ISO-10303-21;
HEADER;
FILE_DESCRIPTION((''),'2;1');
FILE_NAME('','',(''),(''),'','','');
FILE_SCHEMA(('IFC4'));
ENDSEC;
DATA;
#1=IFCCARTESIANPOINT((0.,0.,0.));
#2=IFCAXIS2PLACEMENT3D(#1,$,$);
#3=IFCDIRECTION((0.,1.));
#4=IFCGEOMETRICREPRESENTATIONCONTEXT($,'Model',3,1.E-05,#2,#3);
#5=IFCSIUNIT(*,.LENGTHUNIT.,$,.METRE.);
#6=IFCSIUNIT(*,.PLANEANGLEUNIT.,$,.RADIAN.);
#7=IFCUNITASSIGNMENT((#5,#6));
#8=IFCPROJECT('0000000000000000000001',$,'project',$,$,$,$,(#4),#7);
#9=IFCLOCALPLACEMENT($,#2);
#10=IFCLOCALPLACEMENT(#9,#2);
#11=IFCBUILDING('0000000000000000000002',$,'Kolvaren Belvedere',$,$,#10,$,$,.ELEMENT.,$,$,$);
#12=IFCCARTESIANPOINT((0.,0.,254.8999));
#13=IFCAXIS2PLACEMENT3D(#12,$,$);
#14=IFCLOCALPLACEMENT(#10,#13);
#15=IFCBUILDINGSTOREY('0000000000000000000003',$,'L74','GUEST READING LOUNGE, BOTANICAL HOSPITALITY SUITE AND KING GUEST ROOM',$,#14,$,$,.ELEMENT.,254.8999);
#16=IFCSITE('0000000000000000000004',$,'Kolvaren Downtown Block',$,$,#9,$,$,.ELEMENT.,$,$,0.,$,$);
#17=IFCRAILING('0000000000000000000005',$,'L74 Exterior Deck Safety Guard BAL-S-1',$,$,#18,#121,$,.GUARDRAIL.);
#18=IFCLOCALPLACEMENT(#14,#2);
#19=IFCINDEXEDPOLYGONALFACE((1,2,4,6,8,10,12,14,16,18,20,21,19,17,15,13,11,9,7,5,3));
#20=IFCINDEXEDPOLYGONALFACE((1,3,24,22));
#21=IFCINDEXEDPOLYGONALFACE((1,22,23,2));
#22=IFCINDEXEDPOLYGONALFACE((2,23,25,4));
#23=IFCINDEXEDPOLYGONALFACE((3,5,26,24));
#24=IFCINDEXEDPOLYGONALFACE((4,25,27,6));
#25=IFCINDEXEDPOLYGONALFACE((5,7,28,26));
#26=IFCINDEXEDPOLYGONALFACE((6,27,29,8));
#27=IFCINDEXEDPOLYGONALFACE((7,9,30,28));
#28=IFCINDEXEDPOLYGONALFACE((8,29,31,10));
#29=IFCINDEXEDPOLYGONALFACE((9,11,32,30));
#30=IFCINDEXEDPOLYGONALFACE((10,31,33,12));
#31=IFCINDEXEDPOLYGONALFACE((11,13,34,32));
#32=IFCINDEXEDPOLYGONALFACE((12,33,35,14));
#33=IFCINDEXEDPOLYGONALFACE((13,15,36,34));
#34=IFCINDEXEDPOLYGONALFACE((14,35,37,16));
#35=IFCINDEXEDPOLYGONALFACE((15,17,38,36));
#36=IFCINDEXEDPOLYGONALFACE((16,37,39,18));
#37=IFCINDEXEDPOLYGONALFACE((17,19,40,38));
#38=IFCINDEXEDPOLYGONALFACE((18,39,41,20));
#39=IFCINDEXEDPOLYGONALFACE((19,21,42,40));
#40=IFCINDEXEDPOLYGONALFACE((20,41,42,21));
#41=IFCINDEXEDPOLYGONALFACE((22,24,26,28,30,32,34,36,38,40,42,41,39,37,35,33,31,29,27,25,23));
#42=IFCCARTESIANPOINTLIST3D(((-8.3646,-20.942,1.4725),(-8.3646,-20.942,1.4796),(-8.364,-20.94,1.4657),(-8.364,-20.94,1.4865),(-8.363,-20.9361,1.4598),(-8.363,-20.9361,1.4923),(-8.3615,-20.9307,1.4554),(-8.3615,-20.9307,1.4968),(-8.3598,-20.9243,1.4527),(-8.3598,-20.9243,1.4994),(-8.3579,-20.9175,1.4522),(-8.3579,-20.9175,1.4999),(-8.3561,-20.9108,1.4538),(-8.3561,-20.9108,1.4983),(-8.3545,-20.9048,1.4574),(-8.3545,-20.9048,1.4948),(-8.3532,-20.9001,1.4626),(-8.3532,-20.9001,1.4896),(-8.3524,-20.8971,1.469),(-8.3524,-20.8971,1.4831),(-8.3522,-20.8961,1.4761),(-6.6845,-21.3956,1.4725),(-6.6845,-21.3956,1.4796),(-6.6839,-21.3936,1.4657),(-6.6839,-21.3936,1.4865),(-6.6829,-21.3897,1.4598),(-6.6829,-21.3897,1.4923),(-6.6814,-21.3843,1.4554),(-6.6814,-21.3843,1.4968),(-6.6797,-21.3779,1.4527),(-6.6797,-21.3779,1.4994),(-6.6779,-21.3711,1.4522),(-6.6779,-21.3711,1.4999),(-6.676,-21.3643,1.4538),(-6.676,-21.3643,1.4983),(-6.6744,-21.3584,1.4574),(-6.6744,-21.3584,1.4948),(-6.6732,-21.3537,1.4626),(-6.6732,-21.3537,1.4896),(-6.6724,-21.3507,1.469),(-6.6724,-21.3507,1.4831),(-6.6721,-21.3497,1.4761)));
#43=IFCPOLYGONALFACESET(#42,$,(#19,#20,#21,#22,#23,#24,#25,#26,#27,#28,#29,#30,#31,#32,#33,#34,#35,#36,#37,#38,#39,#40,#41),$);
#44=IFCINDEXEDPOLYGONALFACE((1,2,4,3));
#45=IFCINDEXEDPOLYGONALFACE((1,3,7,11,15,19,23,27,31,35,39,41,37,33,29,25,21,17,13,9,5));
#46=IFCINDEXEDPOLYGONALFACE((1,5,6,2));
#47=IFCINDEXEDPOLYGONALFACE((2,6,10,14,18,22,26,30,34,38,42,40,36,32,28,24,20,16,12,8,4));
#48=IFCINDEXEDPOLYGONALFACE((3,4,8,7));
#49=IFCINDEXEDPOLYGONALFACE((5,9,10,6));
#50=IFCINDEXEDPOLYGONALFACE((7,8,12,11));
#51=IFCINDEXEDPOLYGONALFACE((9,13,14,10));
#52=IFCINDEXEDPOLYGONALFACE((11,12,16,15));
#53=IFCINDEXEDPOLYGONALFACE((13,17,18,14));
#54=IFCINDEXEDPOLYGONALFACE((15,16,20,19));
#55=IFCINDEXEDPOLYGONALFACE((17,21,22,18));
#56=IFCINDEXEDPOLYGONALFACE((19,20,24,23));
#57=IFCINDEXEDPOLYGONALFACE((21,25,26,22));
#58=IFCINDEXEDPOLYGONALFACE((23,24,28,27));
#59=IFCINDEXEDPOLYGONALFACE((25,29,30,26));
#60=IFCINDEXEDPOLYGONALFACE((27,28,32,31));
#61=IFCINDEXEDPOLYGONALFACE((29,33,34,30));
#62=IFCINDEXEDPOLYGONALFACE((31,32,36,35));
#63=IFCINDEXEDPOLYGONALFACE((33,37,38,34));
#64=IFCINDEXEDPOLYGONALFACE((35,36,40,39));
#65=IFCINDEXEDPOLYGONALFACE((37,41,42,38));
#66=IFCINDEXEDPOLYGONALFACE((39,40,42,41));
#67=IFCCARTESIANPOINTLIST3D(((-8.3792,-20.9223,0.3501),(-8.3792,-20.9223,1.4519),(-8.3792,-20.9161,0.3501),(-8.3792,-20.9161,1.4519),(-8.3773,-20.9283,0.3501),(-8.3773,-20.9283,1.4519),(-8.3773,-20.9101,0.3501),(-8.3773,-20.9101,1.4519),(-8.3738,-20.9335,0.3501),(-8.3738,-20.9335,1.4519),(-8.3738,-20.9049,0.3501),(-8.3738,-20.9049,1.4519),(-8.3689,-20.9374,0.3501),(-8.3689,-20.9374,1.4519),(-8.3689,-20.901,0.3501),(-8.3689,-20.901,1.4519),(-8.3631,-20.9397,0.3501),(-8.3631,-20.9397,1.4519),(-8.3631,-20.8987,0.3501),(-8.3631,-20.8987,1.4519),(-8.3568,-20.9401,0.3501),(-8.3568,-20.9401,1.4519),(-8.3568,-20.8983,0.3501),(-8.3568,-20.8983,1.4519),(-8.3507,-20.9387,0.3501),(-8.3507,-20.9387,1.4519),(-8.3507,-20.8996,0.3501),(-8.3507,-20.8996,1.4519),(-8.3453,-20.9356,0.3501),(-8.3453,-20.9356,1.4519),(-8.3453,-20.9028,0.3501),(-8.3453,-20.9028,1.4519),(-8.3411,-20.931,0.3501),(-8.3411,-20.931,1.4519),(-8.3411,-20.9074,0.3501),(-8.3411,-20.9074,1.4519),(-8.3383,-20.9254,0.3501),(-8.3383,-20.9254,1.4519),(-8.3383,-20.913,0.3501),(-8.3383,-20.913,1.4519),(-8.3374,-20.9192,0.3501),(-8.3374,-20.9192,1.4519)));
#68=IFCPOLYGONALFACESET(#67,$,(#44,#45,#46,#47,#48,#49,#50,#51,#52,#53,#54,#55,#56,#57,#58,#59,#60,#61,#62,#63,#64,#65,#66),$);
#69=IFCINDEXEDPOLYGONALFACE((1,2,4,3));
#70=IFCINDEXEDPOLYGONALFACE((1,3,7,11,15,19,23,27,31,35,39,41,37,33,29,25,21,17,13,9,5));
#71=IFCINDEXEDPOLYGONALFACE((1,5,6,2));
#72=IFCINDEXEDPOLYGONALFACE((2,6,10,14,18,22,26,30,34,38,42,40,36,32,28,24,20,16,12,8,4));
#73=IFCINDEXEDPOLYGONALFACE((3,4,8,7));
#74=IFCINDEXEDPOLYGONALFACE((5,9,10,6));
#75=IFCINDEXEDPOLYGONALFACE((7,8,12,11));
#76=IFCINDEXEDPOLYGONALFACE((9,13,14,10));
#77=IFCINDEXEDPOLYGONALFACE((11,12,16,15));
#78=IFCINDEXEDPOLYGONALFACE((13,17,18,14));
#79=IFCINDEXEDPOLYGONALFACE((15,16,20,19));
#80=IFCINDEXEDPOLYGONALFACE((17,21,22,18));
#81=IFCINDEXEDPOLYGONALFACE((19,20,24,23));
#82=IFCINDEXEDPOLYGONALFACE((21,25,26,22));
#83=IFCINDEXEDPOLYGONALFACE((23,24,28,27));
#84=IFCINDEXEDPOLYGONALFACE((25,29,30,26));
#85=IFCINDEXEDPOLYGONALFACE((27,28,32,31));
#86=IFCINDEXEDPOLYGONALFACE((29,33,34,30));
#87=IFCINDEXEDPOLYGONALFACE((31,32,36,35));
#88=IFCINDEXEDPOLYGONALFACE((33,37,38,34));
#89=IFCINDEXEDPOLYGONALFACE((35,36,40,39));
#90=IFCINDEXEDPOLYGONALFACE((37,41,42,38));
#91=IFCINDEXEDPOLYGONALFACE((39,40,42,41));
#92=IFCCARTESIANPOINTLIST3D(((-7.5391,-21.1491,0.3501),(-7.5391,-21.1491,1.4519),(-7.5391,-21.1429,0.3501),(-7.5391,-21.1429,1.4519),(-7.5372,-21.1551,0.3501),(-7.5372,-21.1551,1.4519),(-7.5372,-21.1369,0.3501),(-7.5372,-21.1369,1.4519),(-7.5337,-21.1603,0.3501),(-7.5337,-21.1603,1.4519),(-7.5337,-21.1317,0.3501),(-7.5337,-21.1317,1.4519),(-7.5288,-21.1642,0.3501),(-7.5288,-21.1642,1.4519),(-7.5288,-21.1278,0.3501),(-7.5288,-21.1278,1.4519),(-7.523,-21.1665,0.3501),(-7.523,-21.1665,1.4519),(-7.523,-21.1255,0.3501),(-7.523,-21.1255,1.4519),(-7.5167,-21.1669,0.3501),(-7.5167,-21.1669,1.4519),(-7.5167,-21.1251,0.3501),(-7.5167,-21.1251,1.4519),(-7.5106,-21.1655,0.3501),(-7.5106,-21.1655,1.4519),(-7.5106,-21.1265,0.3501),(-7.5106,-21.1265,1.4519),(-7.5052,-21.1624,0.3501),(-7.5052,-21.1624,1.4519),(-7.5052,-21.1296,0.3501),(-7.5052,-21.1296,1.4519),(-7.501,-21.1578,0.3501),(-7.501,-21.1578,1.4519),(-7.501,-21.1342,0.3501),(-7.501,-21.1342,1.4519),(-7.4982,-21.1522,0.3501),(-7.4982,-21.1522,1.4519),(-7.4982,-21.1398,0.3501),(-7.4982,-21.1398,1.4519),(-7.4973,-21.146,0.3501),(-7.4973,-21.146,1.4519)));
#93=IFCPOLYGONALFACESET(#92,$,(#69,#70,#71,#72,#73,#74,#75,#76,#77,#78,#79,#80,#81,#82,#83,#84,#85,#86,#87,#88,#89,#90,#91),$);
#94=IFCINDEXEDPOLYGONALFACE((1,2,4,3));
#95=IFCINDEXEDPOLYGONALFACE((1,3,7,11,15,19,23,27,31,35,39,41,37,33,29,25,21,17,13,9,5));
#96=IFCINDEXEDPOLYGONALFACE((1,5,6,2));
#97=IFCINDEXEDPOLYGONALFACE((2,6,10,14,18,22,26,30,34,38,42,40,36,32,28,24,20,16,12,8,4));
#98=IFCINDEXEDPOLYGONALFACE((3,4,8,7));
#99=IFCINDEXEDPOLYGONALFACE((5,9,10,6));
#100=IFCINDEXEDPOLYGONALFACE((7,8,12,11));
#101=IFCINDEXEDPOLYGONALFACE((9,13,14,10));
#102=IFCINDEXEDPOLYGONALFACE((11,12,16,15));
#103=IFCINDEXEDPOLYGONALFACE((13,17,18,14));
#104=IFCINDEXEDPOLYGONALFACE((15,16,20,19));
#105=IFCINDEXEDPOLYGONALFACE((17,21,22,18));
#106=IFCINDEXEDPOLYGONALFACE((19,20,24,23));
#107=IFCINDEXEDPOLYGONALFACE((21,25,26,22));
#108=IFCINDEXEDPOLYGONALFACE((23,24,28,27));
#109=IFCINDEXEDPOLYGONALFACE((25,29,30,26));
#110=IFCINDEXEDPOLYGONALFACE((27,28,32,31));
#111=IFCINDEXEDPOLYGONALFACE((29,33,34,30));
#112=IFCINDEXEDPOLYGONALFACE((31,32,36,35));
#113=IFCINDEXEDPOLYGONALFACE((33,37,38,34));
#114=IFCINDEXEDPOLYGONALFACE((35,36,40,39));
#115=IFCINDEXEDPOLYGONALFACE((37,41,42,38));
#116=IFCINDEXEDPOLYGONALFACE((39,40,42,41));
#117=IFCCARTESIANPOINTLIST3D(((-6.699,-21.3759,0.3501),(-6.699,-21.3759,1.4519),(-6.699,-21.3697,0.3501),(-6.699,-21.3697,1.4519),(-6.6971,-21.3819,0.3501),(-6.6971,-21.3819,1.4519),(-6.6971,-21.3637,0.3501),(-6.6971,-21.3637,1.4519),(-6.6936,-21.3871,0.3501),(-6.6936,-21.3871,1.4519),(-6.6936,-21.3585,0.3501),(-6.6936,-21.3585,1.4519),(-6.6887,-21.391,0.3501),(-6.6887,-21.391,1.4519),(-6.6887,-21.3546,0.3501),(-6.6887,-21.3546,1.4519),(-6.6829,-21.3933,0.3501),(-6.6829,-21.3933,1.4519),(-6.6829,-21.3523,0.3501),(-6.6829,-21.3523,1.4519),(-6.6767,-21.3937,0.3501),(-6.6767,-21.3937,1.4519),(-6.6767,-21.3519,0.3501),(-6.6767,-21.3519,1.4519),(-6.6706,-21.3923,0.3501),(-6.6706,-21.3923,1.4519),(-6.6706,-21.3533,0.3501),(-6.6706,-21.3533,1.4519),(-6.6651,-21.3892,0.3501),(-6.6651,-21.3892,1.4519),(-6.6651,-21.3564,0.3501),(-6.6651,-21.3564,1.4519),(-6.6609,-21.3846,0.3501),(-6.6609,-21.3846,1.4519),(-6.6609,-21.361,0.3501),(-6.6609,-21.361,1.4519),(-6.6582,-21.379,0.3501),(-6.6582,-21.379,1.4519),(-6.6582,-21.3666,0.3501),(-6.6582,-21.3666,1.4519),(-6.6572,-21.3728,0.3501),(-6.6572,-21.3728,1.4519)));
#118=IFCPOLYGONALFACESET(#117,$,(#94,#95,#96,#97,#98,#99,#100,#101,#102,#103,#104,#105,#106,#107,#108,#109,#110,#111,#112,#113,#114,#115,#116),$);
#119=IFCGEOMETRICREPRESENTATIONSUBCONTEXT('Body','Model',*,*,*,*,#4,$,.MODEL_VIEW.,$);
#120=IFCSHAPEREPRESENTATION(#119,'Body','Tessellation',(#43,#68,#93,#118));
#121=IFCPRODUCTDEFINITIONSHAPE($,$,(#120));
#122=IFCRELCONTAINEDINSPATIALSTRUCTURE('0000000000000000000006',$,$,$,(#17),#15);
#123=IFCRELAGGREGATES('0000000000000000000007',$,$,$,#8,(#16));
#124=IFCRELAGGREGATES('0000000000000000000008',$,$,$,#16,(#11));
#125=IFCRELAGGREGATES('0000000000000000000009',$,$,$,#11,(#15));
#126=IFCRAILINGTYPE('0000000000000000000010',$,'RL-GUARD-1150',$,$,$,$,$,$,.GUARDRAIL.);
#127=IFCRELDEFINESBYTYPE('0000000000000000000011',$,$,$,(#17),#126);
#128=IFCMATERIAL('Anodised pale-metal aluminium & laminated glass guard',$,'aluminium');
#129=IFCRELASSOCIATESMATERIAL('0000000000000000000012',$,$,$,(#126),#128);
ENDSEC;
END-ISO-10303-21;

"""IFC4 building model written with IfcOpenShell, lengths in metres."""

from ifc_helpers import new_model, si_unit, direction, frame, origin, origin_2d, place, context, subcontext, project, spatial, circle, extrude, material, type_object, element, save


model = new_model("IFC4")

# Units and contexts
model_context = context("Model", 3, precision=1e-05, world=origin(), true_north=direction((0.0, 1.0)))
body_context = subcontext(model_context, "Body", "Model", "MODEL_VIEW")
ifc_project = project(units=[si_unit("LENGTHUNIT", "METRE"), si_unit("PLANEANGLEUNIT", "RADIAN")], contexts=[model_context])

# Site, building, storey
site_placement = place(None, origin())
site = spatial("IfcSite", under=ifc_project, at=site_placement, Name="Kolvaren Downtown Block", CompositionType="ELEMENT", RefElevation=0.0)
building_placement = place(site_placement, origin())
building = spatial("IfcBuilding", under=site, at=building_placement, Name="Kolvaren Belvedere", CompositionType="ELEMENT")
storey_placement = place(building_placement, frame((0.0, 0.0, 254.8999)))
storey = spatial("IfcBuildingStorey", under=building, at=storey_placement, Name="L74", Description="GUEST READING LOUNGE, BOTANICAL HOSPITALITY SUITE AND KING GUEST ROOM", CompositionType="ELEMENT", Elevation=254.8999)

# Railing
ifc_material_1 = material(Name="Anodised pale-metal aluminium & laminated glass guard", Category="aluminium")
railing_type = type_object("IfcRailingType", Name="RL-GUARD-1150", PredefinedType="GUARDRAIL", material=ifc_material_1)
railing_1_placement = place(storey_placement, frame((-8.3584, -20.9192, 0.3501)))
element("IfcRailing", 1, at=railing_1_placement, inside=storey, type_object=railing_type, Name="L74 Exterior Deck Safety Guard BAL-S-1", PredefinedType="GUARDRAIL", context=body_context, shape_type="SweptSolid", body=[
    extrude(circle(Radius=0.0239, at=origin_2d()), frame((0.0, 0.0, 1.126), z_axis=(0.965434, -0.260648, 0.0), x_axis=(0.260648, 0.965434, 0.0)), (0.0, 0.0, 1.0), 1.7402),
    extrude(circle(Radius=0.021, at=origin_2d()), origin(), (0.0, 0.0, 1.0), 1.1018),
    extrude(circle(Radius=0.021, at=origin_2d()), frame((0.8401, -0.2268, 0.0)), (0.0, 0.0, 1.0), 1.1018),
    extrude(circle(Radius=0.021, at=origin_2d()), frame((1.6802, -0.4536, 0.0)), (0.0, 0.0, 1.0), 1.1018),
])

save(model, "model.ifc")
